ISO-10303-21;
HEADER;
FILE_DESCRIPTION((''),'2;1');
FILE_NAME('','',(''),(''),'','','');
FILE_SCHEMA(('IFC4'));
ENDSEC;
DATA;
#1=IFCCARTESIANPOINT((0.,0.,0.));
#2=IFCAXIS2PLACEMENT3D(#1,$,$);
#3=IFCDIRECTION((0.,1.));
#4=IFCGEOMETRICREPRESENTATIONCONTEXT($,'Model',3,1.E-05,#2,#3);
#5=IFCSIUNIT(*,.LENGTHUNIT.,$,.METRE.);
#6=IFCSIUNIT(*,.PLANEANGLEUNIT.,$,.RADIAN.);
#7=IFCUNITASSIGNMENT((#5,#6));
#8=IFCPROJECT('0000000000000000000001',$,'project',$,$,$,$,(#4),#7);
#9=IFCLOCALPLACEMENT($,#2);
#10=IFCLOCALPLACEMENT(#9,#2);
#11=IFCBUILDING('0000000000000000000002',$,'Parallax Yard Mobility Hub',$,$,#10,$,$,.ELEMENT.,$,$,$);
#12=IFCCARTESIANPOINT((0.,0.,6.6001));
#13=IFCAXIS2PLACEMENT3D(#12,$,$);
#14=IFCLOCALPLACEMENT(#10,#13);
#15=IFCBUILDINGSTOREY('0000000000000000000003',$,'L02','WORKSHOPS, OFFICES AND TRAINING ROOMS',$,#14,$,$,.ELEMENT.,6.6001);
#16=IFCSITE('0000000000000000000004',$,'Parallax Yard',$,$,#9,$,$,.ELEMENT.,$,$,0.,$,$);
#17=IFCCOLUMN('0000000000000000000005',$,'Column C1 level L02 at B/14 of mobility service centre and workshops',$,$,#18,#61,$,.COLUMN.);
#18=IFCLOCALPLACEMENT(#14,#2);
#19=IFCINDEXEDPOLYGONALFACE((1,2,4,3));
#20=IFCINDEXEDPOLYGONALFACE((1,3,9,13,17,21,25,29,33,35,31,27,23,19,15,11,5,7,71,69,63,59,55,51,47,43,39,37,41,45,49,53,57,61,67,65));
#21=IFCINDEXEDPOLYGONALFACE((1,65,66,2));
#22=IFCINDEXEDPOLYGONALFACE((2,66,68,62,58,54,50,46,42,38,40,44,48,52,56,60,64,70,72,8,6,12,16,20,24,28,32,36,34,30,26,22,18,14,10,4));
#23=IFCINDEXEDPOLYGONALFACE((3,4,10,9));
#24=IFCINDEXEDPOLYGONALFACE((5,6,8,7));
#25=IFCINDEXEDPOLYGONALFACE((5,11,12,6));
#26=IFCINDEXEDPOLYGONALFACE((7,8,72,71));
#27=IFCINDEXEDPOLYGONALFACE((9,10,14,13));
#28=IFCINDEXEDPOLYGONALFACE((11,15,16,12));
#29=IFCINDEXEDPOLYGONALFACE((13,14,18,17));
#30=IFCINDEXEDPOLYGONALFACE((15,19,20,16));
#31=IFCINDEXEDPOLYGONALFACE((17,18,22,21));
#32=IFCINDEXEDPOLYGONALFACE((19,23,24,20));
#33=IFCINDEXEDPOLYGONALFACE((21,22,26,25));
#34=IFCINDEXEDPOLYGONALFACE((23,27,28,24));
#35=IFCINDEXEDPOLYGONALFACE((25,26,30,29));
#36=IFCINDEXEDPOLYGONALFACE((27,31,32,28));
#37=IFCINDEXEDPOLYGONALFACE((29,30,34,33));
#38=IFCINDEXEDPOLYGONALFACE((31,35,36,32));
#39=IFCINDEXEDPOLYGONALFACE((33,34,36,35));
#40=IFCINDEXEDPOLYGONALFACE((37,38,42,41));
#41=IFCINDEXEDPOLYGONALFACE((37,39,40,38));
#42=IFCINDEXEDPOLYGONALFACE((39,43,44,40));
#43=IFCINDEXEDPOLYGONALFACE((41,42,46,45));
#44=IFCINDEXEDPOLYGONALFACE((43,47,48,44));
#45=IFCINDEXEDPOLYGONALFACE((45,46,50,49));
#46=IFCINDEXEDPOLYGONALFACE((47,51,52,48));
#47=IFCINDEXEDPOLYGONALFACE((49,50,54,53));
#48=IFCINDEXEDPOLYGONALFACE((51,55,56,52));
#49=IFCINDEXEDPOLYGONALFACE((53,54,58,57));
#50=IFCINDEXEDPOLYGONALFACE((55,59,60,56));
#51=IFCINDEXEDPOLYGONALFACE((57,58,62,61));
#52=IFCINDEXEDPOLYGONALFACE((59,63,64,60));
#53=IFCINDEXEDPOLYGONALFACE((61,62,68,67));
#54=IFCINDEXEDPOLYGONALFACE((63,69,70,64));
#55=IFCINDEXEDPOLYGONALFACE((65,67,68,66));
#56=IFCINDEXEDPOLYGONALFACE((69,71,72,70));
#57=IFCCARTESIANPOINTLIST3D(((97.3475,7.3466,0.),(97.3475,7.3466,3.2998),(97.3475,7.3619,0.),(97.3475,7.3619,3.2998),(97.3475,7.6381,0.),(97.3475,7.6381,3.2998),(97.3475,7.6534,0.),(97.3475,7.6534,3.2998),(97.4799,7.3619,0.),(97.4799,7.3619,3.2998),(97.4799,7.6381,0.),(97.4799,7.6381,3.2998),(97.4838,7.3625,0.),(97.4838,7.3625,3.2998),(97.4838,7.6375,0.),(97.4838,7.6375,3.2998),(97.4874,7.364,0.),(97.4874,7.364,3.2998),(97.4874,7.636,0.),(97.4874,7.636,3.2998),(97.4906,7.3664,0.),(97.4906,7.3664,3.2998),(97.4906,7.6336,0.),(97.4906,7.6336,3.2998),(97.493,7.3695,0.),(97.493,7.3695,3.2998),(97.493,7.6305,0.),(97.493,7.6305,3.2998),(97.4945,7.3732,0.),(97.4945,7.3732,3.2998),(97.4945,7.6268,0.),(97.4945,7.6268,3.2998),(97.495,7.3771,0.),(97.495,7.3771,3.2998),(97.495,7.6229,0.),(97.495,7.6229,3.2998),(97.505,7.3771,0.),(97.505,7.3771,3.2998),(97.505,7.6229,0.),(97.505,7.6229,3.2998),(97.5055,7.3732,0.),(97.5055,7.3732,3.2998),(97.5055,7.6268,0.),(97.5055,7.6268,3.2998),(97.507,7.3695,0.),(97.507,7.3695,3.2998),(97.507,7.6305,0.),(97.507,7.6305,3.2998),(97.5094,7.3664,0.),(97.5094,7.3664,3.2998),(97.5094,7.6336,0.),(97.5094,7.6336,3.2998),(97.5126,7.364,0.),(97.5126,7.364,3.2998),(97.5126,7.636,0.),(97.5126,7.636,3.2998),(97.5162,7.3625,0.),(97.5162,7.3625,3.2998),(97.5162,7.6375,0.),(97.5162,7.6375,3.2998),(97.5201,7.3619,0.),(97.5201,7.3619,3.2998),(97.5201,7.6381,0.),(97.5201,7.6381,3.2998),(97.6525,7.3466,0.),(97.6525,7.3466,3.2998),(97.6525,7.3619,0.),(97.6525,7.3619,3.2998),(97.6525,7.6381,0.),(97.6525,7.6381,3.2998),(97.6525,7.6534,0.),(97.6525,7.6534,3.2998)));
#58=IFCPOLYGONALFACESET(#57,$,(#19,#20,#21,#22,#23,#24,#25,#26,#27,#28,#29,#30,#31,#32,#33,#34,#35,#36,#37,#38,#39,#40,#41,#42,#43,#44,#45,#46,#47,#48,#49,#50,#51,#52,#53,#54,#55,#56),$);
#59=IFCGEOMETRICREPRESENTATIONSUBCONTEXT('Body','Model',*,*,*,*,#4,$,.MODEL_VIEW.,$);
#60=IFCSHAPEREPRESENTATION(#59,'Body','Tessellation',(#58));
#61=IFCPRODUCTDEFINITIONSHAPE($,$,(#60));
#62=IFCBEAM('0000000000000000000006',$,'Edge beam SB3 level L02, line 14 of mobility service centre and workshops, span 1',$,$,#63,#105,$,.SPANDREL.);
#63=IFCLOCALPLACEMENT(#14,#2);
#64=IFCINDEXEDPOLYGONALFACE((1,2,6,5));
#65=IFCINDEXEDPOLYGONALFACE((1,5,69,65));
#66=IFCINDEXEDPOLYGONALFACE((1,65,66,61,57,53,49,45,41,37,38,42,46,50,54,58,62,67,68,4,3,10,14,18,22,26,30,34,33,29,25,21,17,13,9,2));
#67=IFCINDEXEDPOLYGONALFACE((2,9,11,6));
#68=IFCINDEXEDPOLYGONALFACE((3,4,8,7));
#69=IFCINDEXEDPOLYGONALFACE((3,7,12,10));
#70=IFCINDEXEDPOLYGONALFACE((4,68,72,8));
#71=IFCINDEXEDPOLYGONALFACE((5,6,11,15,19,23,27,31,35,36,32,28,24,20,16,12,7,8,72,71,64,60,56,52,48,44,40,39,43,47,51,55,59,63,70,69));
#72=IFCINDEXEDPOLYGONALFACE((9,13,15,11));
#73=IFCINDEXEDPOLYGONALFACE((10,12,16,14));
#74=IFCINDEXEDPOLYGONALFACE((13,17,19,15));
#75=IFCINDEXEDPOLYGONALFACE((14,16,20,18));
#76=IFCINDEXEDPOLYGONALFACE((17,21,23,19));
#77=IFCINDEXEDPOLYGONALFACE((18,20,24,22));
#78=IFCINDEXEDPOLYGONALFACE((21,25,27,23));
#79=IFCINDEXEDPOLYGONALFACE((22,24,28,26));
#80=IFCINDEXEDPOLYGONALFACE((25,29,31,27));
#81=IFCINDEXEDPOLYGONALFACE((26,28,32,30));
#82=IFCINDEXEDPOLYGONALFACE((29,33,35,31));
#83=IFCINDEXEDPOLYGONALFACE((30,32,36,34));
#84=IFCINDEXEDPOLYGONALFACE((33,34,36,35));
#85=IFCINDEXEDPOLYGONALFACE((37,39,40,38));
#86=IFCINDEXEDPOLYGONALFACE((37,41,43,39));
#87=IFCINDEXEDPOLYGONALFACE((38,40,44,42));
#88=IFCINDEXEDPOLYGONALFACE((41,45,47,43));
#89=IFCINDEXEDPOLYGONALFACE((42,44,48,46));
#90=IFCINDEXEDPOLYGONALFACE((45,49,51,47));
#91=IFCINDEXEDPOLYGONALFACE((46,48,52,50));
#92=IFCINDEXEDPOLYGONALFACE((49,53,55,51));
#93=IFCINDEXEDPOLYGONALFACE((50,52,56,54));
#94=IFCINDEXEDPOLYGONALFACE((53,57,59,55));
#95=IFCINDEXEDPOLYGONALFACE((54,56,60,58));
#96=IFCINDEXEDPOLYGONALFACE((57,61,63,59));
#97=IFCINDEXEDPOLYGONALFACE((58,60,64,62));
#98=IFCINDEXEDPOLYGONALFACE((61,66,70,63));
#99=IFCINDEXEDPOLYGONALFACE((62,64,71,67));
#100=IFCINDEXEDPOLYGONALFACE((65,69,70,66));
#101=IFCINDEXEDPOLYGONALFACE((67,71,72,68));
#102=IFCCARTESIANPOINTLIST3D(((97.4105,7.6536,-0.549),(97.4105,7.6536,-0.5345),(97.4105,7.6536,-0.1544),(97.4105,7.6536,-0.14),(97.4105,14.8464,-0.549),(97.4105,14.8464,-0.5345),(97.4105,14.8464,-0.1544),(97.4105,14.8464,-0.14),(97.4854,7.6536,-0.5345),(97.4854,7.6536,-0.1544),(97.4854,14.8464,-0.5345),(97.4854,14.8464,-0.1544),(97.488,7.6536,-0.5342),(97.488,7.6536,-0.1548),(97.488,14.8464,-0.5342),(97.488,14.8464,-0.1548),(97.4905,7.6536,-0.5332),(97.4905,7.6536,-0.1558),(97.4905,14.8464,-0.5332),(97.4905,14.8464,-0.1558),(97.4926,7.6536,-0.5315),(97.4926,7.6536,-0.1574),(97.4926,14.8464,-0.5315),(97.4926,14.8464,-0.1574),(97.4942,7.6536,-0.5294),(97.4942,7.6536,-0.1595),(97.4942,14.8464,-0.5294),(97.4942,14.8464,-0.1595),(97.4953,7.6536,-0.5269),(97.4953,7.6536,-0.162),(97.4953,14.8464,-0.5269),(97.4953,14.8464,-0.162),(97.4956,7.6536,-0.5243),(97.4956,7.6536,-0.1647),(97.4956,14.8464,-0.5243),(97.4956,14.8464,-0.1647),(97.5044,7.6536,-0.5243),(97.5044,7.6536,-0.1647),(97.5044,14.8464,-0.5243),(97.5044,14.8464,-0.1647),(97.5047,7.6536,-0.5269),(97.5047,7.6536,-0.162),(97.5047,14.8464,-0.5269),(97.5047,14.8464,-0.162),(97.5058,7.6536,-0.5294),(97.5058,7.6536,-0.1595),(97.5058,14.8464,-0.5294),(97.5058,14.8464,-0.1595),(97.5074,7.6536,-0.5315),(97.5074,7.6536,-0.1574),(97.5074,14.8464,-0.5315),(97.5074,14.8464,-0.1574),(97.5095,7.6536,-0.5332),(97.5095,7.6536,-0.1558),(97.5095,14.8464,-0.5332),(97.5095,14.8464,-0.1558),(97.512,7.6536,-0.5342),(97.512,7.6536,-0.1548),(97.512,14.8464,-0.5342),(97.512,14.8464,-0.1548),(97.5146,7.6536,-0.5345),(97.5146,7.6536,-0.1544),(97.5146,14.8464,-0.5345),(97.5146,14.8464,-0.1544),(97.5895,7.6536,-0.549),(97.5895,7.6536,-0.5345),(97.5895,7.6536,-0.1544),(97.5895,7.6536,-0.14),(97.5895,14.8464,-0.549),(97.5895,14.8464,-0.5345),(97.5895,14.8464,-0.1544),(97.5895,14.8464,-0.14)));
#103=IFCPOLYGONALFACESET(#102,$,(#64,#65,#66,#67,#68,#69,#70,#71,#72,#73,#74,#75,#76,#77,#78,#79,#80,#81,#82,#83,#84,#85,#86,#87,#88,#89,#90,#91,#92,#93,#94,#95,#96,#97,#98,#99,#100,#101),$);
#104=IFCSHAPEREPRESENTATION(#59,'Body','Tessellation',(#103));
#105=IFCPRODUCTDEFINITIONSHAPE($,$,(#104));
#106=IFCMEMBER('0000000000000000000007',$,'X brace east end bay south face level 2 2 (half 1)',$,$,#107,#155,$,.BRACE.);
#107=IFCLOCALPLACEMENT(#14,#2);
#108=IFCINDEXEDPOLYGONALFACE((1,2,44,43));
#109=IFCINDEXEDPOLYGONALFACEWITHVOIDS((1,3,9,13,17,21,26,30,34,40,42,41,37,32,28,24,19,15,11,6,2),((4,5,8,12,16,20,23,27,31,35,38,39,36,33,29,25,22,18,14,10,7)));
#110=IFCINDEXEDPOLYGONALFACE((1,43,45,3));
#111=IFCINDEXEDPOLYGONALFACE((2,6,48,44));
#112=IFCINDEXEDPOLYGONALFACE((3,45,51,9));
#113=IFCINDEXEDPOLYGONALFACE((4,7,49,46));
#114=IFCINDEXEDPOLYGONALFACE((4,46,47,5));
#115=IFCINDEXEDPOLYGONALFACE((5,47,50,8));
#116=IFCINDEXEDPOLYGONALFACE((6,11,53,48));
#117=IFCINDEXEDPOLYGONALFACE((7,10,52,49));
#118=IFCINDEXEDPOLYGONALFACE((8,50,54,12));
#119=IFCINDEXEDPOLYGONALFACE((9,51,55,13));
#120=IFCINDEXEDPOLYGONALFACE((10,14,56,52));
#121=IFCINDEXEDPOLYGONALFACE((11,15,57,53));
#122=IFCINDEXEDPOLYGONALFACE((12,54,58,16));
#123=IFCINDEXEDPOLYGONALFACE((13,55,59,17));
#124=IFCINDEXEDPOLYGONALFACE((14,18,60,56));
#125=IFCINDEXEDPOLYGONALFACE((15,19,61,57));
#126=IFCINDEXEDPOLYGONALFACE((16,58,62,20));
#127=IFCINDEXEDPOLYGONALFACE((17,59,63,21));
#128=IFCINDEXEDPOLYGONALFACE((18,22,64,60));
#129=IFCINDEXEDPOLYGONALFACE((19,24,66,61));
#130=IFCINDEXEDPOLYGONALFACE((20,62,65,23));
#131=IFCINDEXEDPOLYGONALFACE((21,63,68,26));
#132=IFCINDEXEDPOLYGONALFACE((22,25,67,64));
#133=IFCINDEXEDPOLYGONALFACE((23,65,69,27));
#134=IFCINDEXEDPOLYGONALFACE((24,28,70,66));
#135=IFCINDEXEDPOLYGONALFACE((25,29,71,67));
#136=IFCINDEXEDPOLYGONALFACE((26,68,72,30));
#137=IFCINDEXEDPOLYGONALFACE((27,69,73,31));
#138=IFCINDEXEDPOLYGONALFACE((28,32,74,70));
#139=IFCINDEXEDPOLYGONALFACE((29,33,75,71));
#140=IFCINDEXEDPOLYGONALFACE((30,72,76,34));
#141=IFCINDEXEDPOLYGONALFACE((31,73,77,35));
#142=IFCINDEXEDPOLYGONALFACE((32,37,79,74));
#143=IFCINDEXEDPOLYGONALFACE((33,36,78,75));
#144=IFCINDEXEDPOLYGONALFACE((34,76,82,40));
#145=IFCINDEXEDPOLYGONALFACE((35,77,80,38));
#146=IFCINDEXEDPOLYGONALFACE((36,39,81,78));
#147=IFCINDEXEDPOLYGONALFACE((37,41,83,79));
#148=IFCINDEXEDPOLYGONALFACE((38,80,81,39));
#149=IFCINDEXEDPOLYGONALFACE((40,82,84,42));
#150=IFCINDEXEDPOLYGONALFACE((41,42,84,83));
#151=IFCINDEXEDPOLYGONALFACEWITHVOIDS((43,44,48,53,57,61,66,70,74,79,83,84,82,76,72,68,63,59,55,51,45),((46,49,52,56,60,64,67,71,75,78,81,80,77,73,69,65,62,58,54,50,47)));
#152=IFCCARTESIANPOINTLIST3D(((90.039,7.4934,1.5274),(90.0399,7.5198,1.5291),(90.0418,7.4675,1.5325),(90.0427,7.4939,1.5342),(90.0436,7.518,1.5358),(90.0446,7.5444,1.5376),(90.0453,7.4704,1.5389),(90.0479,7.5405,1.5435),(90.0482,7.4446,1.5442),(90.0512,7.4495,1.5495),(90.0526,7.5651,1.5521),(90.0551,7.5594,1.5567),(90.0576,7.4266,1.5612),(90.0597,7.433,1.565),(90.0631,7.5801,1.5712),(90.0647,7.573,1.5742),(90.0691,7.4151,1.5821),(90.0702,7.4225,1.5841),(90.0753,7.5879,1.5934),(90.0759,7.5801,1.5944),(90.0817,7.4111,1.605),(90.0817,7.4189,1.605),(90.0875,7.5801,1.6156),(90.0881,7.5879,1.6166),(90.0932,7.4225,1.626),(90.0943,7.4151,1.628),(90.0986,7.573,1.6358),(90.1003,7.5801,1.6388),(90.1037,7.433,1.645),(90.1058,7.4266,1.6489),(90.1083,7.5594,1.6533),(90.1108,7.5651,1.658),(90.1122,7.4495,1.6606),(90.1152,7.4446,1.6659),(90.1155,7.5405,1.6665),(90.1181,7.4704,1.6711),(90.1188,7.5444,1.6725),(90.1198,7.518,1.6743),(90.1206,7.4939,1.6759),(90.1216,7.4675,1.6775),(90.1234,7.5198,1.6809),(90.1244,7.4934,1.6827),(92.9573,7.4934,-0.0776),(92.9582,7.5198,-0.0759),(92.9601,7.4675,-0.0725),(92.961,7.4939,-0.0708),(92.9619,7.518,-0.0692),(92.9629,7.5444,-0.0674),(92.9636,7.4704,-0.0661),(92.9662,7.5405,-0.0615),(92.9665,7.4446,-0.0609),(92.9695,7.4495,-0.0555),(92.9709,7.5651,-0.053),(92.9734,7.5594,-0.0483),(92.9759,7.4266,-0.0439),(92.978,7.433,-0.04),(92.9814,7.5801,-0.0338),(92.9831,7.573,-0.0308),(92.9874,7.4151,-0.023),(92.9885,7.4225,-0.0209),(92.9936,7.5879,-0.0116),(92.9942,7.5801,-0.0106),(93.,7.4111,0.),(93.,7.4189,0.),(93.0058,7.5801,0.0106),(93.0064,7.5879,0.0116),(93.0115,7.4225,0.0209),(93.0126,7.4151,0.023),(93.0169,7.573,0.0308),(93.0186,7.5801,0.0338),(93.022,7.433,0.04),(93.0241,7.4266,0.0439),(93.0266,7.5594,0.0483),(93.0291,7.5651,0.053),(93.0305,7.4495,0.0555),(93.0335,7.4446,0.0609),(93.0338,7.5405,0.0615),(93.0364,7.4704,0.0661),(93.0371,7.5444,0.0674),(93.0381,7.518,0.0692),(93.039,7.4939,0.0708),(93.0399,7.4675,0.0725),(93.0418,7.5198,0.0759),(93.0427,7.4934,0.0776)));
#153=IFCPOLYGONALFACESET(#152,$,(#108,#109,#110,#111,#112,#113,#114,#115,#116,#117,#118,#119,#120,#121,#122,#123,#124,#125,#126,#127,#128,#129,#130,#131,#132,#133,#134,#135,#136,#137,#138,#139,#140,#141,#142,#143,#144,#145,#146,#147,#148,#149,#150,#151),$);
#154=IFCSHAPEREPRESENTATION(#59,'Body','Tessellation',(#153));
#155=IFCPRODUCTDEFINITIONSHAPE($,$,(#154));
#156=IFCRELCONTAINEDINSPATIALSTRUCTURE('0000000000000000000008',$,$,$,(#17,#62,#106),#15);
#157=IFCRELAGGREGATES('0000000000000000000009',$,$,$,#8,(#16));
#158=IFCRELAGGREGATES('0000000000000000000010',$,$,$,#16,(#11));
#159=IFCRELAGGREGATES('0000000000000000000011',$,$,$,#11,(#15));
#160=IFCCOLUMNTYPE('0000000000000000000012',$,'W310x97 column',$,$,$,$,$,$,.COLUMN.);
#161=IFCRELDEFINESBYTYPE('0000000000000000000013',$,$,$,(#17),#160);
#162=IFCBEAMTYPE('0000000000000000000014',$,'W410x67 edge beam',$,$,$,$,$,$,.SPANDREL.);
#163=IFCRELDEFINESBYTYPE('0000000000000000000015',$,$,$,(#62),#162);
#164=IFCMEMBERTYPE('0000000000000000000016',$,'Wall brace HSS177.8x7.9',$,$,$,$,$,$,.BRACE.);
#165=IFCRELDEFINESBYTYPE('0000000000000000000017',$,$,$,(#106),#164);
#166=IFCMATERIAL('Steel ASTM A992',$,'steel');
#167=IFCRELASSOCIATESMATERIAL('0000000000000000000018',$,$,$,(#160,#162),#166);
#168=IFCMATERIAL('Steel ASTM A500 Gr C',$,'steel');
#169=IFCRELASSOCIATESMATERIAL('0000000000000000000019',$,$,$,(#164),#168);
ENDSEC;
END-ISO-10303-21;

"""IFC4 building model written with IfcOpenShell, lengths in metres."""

from ifc_helpers import new_model, si_unit, direction, frame, origin, origin_2d, place, context, subcontext, project, spatial, hollow_circle, i_section, extrude, material, material_profile, profile_set, type_object, element, save


model = new_model("IFC4")

# Units and contexts
model_context = context("Model", 3, precision=1e-05, world=origin(), true_north=direction((0.0, 1.0)))
body_context = subcontext(model_context, "Body", "Model", "MODEL_VIEW")
ifc_project = project(units=[si_unit("LENGTHUNIT", "METRE"), si_unit("PLANEANGLEUNIT", "RADIAN")], contexts=[model_context])

# Site, building, storey
site_placement = place(None, origin())
site = spatial("IfcSite", under=ifc_project, at=site_placement, Name="Parallax Yard", CompositionType="ELEMENT", RefElevation=0.0)
building_placement = place(site_placement, origin())
building = spatial("IfcBuilding", under=site, at=building_placement, Name="Parallax Yard Mobility Hub", CompositionType="ELEMENT")
storey_placement = place(building_placement, frame((0.0, 0.0, 6.6001)))
storey = spatial("IfcBuildingStorey", under=building, at=storey_placement, Name="L02", Description="WORKSHOPS, OFFICES AND TRAINING ROOMS", CompositionType="ELEMENT", Elevation=6.6001)

# Column
ifc_material_1 = material(Name="Steel ASTM A992", Category="steel")
ifc_material_profile_1 = material_profile(ifc_material_1, i_section(OverallWidth=0.3049, OverallDepth=0.3069, WebThickness=0.01, FlangeThickness=0.0154, FilletRadius=0.0151, at=origin_2d()), Name="W310x97")
ifc_profile_set_1 = profile_set([ifc_material_profile_1], Name="Steel ASTM A992")
column_type = type_object("IfcColumnType", Name="W310x97 column", PredefinedType="COLUMN", material=ifc_profile_set_1)
column_placement = place(storey_placement, frame((97.5, 7.5, 0.0), z_axis=(0.0, 0.0, 1.0), x_axis=(1.0, 0.0, 0.0)))
element("IfcColumn", 1, at=column_placement, inside=storey, type_object=column_type, Name="Column C1 level L02 at B/14 of mobility service centre and workshops", PredefinedType="COLUMN", context=body_context, shape_type="SweptSolid", body=[
    extrude(i_section(OverallWidth=0.3049, OverallDepth=0.3069, WebThickness=0.01, FlangeThickness=0.0154, FilletRadius=0.0151, at=origin_2d()), origin(), (0.0, 0.0, 1.0), 3.2998),
])

# Beam
ifc_material_profile_2 = material_profile(ifc_material_1, i_section(OverallWidth=0.179, OverallDepth=0.4089, WebThickness=0.0088, FlangeThickness=0.0144, FilletRadius=0.0103, at=origin_2d()), Name="W410x67")
ifc_profile_set_2 = profile_set([ifc_material_profile_2], Name="Steel ASTM A992")
beam_type = type_object("IfcBeamType", Name="W410x67 edge beam", PredefinedType="SPANDREL", material=ifc_profile_set_2)
beam_placement = place(storey_placement, frame((97.5, 7.6536, -0.3445), z_axis=(0.0, 1.0, 0.0), x_axis=(-1.0, 0.0, 0.0)))
element("IfcBeam", 2, at=beam_placement, inside=storey, type_object=beam_type, Name="Edge beam SB3 level L02, line 14 of mobility service centre and workshops, span 1", PredefinedType="SPANDREL", context=body_context, shape_type="SweptSolid", body=[
    extrude(i_section(OverallWidth=0.179, OverallDepth=0.4089, WebThickness=0.0088, FlangeThickness=0.0144, FilletRadius=0.0103, at=origin_2d()), origin(), (0.0, 0.0, 1.0), 7.1929),
])

# Member
ifc_material_2 = material(Name="Steel ASTM A500 Gr C", Category="steel")
ifc_material_profile_3 = material_profile(ifc_material_2, hollow_circle(Radius=0.0889, WallThickness=0.0078, at=origin_2d()), Name="HSS177.8x7.9")
ifc_profile_set_3 = profile_set([ifc_material_profile_3], Name="Steel ASTM A500 Gr C")
member_type = type_object("IfcMemberType", Name="Wall brace HSS177.8x7.9", PredefinedType="BRACE", material=ifc_profile_set_3)
member_placement = place(storey_placement, frame((93.0, 7.5, 0.0), z_axis=(-0.876221, 0.0, 0.48191), x_axis=(0.0, -1.0, 0.0)))
element("IfcMember", 3, at=member_placement, inside=storey, type_object=member_type, Name="X brace east end bay south face level 2 2 (half 1)", PredefinedType="BRACE", context=body_context, shape_type="SweptSolid", body=[
    extrude(hollow_circle(Radius=0.0889, WallThickness=0.0078, at=origin_2d()), origin(), (0.0, 0.0, 1.0), 3.3306),
])

save(model, "model.ifc")
